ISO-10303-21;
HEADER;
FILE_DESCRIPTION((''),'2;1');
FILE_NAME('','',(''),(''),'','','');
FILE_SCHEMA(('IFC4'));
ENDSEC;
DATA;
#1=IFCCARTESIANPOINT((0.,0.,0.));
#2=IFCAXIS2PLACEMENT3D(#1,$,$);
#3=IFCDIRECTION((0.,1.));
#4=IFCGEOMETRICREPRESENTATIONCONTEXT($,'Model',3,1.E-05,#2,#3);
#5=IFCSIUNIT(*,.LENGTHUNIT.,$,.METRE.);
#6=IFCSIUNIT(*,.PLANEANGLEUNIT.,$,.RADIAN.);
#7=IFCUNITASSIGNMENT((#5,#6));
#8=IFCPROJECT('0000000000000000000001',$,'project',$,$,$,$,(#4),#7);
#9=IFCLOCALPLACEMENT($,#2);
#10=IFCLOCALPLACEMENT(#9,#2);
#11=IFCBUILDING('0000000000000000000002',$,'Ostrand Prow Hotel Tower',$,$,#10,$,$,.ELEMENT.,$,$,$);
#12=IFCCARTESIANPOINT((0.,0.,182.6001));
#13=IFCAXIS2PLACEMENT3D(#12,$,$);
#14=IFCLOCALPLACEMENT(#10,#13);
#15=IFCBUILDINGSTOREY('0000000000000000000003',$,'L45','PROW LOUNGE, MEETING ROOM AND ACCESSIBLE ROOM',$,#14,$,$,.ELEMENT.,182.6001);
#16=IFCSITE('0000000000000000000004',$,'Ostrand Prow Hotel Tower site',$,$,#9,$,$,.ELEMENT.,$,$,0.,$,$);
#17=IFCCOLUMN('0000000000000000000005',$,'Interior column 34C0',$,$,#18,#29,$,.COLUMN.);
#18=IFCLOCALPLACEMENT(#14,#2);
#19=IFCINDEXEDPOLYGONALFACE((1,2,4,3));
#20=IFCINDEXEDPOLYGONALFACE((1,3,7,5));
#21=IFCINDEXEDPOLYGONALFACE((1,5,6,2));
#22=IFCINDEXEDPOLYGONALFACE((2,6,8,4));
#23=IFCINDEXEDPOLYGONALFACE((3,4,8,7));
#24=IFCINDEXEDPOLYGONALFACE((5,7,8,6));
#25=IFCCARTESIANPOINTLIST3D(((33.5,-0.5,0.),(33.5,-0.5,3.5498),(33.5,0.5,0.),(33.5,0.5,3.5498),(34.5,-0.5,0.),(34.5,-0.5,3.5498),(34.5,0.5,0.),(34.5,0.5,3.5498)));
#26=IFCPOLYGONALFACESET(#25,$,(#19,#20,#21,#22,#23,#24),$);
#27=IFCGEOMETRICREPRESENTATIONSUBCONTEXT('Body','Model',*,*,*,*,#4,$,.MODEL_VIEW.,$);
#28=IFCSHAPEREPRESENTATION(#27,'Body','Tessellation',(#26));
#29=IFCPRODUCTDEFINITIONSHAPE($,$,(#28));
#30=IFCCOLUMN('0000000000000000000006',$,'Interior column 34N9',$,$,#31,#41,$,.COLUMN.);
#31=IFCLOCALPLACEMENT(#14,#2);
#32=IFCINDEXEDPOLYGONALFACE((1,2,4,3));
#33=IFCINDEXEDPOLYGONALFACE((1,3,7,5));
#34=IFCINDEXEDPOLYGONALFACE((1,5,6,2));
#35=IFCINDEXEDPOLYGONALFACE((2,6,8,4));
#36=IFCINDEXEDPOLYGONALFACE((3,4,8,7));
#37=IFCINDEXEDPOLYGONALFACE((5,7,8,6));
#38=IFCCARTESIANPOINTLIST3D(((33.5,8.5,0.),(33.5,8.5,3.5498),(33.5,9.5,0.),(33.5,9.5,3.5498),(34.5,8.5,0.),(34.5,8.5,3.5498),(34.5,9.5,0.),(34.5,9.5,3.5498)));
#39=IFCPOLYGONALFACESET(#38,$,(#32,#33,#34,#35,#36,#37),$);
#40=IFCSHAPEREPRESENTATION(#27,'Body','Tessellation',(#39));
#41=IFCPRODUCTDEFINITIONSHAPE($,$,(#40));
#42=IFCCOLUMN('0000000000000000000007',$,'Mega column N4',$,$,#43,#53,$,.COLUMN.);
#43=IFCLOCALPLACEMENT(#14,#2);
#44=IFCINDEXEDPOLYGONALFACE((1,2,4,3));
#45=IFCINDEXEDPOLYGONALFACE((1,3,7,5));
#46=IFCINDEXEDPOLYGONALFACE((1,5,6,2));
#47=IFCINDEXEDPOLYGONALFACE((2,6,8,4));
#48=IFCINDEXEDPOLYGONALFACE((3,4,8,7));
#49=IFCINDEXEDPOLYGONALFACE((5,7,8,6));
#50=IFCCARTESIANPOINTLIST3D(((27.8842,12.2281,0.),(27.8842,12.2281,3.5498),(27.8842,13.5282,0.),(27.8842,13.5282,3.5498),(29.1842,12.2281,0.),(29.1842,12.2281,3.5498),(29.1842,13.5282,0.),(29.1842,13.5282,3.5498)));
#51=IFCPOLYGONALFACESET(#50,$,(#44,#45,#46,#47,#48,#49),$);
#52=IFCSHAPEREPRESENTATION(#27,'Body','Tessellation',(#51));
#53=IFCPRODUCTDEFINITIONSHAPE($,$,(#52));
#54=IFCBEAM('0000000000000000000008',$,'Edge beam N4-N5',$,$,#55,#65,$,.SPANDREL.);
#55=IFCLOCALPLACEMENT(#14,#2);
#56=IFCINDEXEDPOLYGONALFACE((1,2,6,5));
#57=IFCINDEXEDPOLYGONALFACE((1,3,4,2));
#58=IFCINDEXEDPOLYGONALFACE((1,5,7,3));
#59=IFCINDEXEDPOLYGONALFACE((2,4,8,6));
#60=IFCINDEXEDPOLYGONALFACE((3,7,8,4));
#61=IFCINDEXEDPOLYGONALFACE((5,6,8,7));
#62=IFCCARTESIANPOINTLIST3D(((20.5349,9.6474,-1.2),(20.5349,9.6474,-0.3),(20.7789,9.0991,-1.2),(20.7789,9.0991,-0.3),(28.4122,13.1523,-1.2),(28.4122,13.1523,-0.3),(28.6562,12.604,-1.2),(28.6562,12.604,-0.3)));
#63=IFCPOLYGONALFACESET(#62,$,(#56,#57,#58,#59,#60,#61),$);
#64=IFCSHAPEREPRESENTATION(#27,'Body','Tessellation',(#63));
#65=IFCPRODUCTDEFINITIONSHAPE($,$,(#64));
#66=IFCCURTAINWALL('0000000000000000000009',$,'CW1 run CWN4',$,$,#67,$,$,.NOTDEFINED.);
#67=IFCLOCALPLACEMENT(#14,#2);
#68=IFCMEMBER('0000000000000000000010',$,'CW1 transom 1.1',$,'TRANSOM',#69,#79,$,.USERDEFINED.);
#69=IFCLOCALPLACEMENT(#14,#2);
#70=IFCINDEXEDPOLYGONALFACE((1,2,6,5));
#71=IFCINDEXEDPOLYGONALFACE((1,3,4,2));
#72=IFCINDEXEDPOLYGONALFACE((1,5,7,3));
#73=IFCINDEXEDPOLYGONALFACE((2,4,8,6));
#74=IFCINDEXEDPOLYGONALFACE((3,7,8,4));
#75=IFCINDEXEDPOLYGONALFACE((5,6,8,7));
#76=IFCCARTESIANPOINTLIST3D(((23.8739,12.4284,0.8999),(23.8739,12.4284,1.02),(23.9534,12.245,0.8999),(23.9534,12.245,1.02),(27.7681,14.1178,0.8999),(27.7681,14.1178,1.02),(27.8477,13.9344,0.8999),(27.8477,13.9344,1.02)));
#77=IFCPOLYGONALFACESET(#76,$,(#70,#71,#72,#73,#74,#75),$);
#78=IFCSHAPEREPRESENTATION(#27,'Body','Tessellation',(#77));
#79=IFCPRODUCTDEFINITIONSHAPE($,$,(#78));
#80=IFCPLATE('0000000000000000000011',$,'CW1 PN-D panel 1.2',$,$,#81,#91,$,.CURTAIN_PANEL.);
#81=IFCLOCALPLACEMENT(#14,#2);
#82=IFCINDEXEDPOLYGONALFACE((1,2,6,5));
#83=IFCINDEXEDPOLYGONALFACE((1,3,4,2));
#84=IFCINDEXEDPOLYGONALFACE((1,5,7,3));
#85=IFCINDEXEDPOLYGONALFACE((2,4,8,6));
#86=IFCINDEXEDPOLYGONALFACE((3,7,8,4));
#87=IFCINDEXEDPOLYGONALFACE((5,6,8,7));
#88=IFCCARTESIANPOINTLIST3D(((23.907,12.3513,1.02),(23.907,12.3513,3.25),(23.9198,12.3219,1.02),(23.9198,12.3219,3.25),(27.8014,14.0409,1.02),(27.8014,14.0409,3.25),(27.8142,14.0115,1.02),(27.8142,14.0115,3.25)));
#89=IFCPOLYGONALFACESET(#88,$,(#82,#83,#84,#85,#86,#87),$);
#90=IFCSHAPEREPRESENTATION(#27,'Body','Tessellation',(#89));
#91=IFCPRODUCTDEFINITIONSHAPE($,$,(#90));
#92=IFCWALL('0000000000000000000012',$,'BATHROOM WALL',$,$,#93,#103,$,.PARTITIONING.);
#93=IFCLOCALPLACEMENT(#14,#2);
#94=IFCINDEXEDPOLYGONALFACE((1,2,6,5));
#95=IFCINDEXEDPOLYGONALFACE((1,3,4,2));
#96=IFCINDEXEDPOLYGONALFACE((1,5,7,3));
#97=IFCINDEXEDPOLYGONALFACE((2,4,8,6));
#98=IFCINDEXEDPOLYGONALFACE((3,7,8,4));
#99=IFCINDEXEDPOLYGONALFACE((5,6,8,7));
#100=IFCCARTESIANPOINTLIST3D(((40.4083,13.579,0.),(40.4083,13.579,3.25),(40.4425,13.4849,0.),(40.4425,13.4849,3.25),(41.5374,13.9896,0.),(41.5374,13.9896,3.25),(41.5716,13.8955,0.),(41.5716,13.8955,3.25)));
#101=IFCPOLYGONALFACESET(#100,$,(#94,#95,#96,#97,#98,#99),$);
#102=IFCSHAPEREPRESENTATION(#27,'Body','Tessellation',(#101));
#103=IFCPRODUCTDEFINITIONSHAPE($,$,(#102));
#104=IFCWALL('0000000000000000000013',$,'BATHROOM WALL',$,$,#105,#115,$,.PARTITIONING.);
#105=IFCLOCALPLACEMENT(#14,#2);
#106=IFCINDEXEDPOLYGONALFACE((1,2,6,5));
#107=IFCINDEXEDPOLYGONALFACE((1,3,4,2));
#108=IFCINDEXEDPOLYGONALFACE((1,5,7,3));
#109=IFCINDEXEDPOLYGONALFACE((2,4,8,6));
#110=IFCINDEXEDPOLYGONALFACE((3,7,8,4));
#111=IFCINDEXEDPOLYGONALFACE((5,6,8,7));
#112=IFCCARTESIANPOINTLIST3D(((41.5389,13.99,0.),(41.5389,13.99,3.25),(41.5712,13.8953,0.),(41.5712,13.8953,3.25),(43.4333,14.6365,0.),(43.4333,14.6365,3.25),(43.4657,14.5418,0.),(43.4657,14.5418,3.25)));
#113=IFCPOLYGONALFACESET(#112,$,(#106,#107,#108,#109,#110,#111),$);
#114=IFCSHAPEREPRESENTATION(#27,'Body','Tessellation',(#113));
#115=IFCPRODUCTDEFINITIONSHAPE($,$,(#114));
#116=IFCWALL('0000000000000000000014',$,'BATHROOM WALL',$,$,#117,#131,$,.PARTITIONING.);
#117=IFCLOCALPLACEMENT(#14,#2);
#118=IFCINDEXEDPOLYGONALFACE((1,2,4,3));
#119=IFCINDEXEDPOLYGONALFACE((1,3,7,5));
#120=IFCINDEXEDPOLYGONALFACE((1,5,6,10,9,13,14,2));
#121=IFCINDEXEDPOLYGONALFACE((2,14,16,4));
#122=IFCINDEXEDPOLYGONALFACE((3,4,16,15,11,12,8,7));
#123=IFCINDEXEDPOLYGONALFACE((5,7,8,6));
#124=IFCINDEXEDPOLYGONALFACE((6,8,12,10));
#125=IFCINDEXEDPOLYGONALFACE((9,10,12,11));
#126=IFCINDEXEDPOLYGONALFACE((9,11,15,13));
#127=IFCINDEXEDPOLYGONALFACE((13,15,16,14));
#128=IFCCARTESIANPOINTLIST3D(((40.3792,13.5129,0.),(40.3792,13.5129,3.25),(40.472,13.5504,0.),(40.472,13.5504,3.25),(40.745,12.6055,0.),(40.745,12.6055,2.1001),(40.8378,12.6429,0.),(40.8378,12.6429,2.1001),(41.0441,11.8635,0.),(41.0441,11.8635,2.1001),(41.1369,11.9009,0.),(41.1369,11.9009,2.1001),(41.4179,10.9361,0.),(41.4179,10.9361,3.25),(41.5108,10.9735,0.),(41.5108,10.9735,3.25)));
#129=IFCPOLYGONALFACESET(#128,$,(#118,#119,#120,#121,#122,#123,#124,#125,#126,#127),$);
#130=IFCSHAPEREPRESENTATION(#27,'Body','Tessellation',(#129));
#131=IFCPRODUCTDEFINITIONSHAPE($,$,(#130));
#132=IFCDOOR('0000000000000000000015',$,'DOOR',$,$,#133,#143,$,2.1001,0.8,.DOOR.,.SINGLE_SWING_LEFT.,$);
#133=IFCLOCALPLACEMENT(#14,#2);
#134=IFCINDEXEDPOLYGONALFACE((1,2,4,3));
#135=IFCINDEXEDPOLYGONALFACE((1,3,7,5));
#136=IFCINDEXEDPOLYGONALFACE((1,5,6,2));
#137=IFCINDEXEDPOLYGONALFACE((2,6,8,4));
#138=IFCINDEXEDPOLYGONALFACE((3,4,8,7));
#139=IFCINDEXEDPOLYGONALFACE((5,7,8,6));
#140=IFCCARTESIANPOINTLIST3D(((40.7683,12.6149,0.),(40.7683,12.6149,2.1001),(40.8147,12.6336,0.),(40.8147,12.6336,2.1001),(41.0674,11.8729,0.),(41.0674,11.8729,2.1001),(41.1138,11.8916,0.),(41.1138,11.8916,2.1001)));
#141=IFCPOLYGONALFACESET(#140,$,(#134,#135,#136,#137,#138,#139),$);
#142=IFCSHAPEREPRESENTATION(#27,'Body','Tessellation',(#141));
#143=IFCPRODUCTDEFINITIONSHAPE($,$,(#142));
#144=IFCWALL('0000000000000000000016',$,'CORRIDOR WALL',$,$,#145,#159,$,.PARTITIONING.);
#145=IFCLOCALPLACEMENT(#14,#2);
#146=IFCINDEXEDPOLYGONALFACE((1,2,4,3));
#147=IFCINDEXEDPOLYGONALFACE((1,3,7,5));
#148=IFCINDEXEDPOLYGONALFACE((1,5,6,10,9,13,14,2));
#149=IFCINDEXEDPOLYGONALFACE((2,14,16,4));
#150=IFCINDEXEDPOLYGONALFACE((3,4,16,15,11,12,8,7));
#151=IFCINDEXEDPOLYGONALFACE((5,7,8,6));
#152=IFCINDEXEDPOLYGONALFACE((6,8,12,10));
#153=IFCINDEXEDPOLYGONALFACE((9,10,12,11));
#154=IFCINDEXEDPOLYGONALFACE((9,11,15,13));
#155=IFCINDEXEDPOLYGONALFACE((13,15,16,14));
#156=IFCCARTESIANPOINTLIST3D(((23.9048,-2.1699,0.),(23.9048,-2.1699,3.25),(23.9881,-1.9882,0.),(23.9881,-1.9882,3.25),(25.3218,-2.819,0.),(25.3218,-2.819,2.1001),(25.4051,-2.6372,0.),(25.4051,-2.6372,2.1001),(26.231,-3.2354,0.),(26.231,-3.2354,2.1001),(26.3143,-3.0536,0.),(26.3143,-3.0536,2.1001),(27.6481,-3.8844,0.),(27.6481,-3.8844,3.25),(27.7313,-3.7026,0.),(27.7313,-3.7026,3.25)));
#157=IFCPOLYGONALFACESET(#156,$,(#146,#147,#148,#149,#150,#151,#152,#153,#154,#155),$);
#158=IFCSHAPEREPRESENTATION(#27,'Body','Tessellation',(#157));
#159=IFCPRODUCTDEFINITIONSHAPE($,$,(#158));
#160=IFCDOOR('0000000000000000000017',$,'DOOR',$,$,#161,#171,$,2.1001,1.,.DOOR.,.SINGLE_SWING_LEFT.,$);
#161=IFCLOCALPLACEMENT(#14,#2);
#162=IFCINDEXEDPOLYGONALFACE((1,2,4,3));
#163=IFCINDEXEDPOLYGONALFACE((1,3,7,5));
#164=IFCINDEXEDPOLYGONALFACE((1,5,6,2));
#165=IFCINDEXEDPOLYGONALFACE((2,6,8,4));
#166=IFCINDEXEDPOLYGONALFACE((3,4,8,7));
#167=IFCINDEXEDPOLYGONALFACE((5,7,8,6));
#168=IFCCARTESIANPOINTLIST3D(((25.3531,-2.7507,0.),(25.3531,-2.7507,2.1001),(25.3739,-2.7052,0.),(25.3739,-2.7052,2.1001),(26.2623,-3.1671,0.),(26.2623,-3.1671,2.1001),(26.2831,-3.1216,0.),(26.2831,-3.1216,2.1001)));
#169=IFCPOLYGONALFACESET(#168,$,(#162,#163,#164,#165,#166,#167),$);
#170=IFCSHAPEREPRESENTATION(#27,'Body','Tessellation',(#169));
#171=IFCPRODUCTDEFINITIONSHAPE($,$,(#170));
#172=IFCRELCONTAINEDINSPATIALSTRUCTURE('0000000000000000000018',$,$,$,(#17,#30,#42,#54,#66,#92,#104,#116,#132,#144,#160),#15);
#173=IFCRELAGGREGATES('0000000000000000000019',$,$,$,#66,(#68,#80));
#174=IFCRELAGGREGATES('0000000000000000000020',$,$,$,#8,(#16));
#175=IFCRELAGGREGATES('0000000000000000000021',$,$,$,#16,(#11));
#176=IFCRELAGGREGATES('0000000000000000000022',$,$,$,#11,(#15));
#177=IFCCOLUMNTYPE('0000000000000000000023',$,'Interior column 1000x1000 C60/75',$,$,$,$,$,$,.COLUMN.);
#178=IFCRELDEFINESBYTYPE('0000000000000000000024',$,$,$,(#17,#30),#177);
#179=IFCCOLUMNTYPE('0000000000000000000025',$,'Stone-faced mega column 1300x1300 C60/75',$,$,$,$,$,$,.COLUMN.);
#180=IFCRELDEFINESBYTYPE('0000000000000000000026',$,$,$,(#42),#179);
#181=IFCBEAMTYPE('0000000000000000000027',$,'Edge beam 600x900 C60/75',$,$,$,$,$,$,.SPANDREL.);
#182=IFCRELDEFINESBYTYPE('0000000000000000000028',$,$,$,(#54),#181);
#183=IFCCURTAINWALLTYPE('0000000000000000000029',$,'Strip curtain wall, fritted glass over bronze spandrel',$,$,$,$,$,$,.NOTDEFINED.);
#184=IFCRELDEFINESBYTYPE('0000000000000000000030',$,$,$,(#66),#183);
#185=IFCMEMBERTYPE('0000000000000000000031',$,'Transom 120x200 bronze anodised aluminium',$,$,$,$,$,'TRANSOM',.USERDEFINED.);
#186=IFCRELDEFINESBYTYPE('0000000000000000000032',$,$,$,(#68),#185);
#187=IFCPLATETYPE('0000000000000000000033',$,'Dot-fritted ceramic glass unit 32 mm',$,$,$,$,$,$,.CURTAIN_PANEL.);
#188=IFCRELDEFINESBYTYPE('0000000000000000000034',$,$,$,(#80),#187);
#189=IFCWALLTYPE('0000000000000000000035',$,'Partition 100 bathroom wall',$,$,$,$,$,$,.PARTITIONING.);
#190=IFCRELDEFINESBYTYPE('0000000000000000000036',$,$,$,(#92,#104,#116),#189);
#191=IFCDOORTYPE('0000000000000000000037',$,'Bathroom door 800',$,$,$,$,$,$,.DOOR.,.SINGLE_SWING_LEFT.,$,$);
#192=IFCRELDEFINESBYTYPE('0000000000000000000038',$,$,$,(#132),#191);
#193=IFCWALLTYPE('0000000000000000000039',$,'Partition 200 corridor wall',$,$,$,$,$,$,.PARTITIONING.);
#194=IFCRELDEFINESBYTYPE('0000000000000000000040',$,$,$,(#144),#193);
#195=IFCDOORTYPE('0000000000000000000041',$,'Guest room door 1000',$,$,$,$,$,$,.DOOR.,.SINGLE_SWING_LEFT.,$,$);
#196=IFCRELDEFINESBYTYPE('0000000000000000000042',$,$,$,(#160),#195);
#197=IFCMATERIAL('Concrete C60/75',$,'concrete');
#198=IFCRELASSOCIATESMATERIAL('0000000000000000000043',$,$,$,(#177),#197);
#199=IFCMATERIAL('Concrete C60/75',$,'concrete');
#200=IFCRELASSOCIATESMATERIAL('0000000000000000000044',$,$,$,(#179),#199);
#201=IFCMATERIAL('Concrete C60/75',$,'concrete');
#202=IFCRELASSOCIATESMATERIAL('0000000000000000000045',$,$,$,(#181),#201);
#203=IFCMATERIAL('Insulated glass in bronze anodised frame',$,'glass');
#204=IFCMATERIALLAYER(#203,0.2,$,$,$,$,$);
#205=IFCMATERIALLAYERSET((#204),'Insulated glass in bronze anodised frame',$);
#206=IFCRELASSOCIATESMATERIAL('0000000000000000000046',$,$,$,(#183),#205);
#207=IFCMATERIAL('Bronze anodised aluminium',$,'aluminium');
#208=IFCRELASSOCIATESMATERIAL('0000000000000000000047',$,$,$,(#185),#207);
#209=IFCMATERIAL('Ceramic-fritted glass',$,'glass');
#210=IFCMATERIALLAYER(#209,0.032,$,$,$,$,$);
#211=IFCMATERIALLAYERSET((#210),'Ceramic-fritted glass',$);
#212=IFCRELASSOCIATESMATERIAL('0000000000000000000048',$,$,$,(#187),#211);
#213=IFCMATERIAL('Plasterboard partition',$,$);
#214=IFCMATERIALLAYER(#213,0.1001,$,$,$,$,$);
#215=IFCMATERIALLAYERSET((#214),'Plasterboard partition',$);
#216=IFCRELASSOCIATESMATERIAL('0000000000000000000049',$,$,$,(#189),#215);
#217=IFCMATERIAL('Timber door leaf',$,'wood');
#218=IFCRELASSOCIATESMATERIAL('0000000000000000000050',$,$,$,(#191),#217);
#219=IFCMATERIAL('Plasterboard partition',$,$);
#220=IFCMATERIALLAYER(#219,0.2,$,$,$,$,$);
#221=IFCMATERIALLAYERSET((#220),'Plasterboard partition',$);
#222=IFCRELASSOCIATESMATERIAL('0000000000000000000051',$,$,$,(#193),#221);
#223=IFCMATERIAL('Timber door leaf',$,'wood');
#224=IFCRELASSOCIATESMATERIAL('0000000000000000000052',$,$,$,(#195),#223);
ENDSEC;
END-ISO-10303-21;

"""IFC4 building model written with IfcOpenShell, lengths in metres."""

from ifc_helpers import new_model, si_unit, direction, frame, frame_2d, origin, origin_2d, place, context, subcontext, project, spatial, rectangle, extrude, material, layer, layer_set, material_profile, profile_set, type_object, element, fill, aggregate, save


model = new_model("IFC4")

# Units and contexts
model_context = context("Model", 3, precision=1e-05, world=origin(), true_north=direction((0.0, 1.0)))
body_context = subcontext(model_context, "Body", "Model", "MODEL_VIEW")
ifc_project = project(units=[si_unit("LENGTHUNIT", "METRE"), si_unit("PLANEANGLEUNIT", "RADIAN")], contexts=[model_context])

# Site, building, storey
site_placement = place(None, origin())
site = spatial("IfcSite", under=ifc_project, at=site_placement, Name="Ostrand Prow Hotel Tower site", CompositionType="ELEMENT", RefElevation=0.0)
building_placement = place(site_placement, origin())
building = spatial("IfcBuilding", under=site, at=building_placement, Name="Ostrand Prow Hotel Tower", CompositionType="ELEMENT")
storey_placement = place(building_placement, frame((0.0, 0.0, 182.6001)))
storey = spatial("IfcBuildingStorey", under=building, at=storey_placement, Name="L45", Description="PROW LOUNGE, MEETING ROOM AND ACCESSIBLE ROOM", CompositionType="ELEMENT", Elevation=182.6001)

# Columns
ifc_material_1 = material(Name="Concrete C60/75", Category="concrete")
ifc_material_profile_1 = material_profile(ifc_material_1, rectangle(XDim=1.0, YDim=1.0, at=origin_2d()), Name="RC 1000x1000")
ifc_profile_set_1 = profile_set([ifc_material_profile_1], Name="Concrete C60/75")
column_type_1 = type_object("IfcColumnType", Name="Interior column 1000x1000 C60/75", PredefinedType="COLUMN", material=ifc_profile_set_1)
for number, where, z_axis, x_axis, name in (
    (1, (34.0, 0.0, 0.0), (0.0, 0.0, 1.0), (1.0, 0.0, 0.0), "Interior column 34C0"),
    (2, (34.0, 9.0, 0.0), (0.0, 0.0, 1.0), (1.0, 0.0, 0.0), "Interior column 34N9"),
):
    element("IfcColumn", number, at=place(storey_placement, frame(where, z_axis=z_axis, x_axis=x_axis)), inside=storey, type_object=column_type_1, Name=name, PredefinedType="COLUMN", context=body_context, shape_type="SweptSolid", body=[
        extrude(rectangle(XDim=1.0, YDim=1.0, at=origin_2d()), origin(), (0.0, 0.0, 1.0), 3.5498),
    ])
ifc_material_2 = material(Name="Concrete C60/75", Category="concrete")
ifc_material_profile_2 = material_profile(ifc_material_2, rectangle(XDim=1.3, YDim=1.3, at=origin_2d()), Name="RC 1300x1300")
ifc_profile_set_2 = profile_set([ifc_material_profile_2], Name="Concrete C60/75")
column_type_2 = type_object("IfcColumnType", Name="Stone-faced mega column 1300x1300 C60/75", PredefinedType="COLUMN", material=ifc_profile_set_2)
column_placement = place(storey_placement, frame((28.5342, 12.8782, 0.0), z_axis=(0.0, 0.0, 1.0), x_axis=(1.0, 0.0, 0.0)))
element("IfcColumn", 3, at=column_placement, inside=storey, type_object=column_type_2, Name="Mega column N4", PredefinedType="COLUMN", context=body_context, shape_type="SweptSolid", body=[
    extrude(rectangle(XDim=1.3, YDim=1.3, at=origin_2d()), origin(), (0.0, 0.0, 1.0), 3.5498),
])

# Beam
ifc_material_3 = material(Name="Concrete C60/75", Category="concrete")
ifc_material_profile_3 = material_profile(ifc_material_3, rectangle(XDim=0.6001, YDim=0.8999, at=origin_2d()), Name="RC 600x900")
ifc_profile_set_3 = profile_set([ifc_material_profile_3], Name="Concrete C60/75")
beam_type = type_object("IfcBeamType", Name="Edge beam 600x900 C60/75", PredefinedType="SPANDREL", material=ifc_profile_set_3)
beam_placement = place(storey_placement, frame((28.5342, 12.8782, -0.75), z_axis=(-0.913643, -0.406517, 0.0), x_axis=(0.406517, -0.913643, 0.0)))
element("IfcBeam", 4, at=beam_placement, inside=storey, type_object=beam_type, Name="Edge beam N4-N5", PredefinedType="SPANDREL", context=body_context, shape_type="SweptSolid", body=[
    extrude(rectangle(XDim=0.6001, YDim=0.8999, at=origin_2d()), origin(), (0.0, 0.0, 1.0), 8.6218),
])

# Curtain wall, member, plate
ifc_material_4 = material(Name="Insulated glass in bronze anodised frame", Category="glass")
ifc_layer_1 = layer(ifc_material_4, 0.2)
ifc_layer_set_1 = layer_set([ifc_layer_1], Name="Insulated glass in bronze anodised frame")
curtain_wall_type = type_object("IfcCurtainWallType", Name="Strip curtain wall, fritted glass over bronze spandrel", PredefinedType="NOTDEFINED", material=ifc_layer_set_1)
curtain_wall_placement = place(storey_placement, origin())
curtain_wall = element("IfcCurtainWall", 5, at=curtain_wall_placement, inside=storey, type_object=curtain_wall_type, Name="CW1 run CWN4", PredefinedType="NOTDEFINED")
ifc_material_5 = material(Name="Bronze anodised aluminium", Category="aluminium")
ifc_material_profile_4 = material_profile(ifc_material_5, rectangle(XDim=0.2, YDim=0.1201, at=origin_2d()), Name="Transom 120x200 bronze anodised aluminium")
ifc_profile_set_4 = profile_set([ifc_material_profile_4], Name="Bronze anodised aluminium")
member_type = type_object("IfcMemberType", Name="Transom 120x200 bronze anodised aluminium", ElementType="TRANSOM", PredefinedType="USERDEFINED", material=ifc_profile_set_4)
member_placement = place(storey_placement, frame((27.8079, 14.0261, 0.96), z_axis=(-0.91739, -0.39799, 0.0), x_axis=(0.39799, -0.91739, 0.0)))
member = element("IfcMember", 6, at=member_placement, type_object=member_type, Name="CW1 transom 1.1", ObjectType="TRANSOM", PredefinedType="USERDEFINED", context=body_context, shape_type="SweptSolid", body=[
    extrude(rectangle(XDim=0.2, YDim=0.1201, at=origin_2d()), origin(), (0.0, 0.0, 1.0), 4.2449),
])
ifc_material_6 = material(Name="Ceramic-fritted glass", Category="glass")
ifc_layer_2 = layer(ifc_material_6, 0.032)
ifc_layer_set_2 = layer_set([ifc_layer_2], Name="Ceramic-fritted glass")
plate_type = type_object("IfcPlateType", Name="Dot-fritted ceramic glass unit 32 mm", PredefinedType="CURTAIN_PANEL", material=ifc_layer_set_2)
plate_placement = place(storey_placement, frame((25.8606, 13.1814, 1.02), z_axis=(0.0, 0.0, 1.0), x_axis=(-0.917383, -0.398005, 0.0)))
plate = element("IfcPlate", 7, at=plate_placement, type_object=plate_type, Name="CW1 PN-D panel 1.2", PredefinedType="CURTAIN_PANEL", context=body_context, shape_type="SweptSolid", body=[
    extrude(rectangle(XDim=4.2451, YDim=0.032, at=origin_2d()), origin(), (0.0, 0.0, 1.0), 2.23),
])
aggregate(curtain_wall, [member, plate])

# Walls
ifc_material_7 = material(Name="Plasterboard partition")
ifc_layer_3 = layer(ifc_material_7, 0.1001)
ifc_layer_set_3 = layer_set([ifc_layer_3], Name="Plasterboard partition")
wall_type_1 = type_object("IfcWallType", Name="Partition 100 bathroom wall", PredefinedType="PARTITIONING", material=ifc_layer_set_3)
wall_1_placement = place(storey_placement, frame((40.4255, 13.532, 0.0), z_axis=(0.0, 0.0, 1.0), x_axis=(0.939782, 0.341776, 0.0)))
element("IfcWall", 8, at=wall_1_placement, inside=storey, type_object=wall_type_1, Name="BATHROOM WALL", PredefinedType="PARTITIONING", context=body_context, shape_type="SweptSolid", body=[
    extrude(rectangle(XDim=1.2014, YDim=0.1001, at=frame_2d((0.6006, 0.0))), origin(), (0.0, 0.0, 1.0), 3.25),
])
wall_2_placement = place(storey_placement, frame((41.5549, 13.9426, 0.0), z_axis=(0.0, 0.0, 1.0), x_axis=(0.946415, 0.322952, 0.0)))
element("IfcWall", 9, at=wall_2_placement, inside=storey, type_object=wall_type_1, Name="BATHROOM WALL", PredefinedType="PARTITIONING", context=body_context, shape_type="SweptSolid", body=[
    extrude(rectangle(XDim=2.0017, YDim=0.1001, at=frame_2d((1.001, 0.0))), origin(), (0.0, 0.0, 1.0), 3.25),
])

# Walls, openings, doors
wall_3_placement = place(storey_placement, frame((41.4644, 10.9548, 0.0), z_axis=(0.0, 0.0, 1.0), x_axis=(-0.373889, 0.927473, 0.0)))
wall_3 = element("IfcWall", 10, at=wall_3_placement, inside=storey, type_object=wall_type_1, Name="BATHROOM WALL", PredefinedType="PARTITIONING", context=body_context, shape_type="SweptSolid", body=[
    extrude(rectangle(XDim=2.7783, YDim=0.1001, at=frame_2d((1.3892, 0.0))), origin(), (0.0, 0.0, 1.0), 3.25),
])
opening_1_placement = place(wall_3_placement, frame((1.0, 0.0, 0.0)))
opening_1 = element("IfcOpeningElement", 11, at=opening_1_placement, cuts=wall_3, PredefinedType="OPENING", context=body_context, shape_type="SweptSolid", body=[
    extrude(rectangle(XDim=0.8, YDim=2.1001, at=frame_2d((0.3999, 1.05))), frame((0.0, 0.0601, 0.0), z_axis=(0.0, -1.0, 0.0), x_axis=(1.0, 0.0, 0.0)), (0.0, 0.0, 1.0), 0.1201),
])
ifc_material_8 = material(Name="Timber door leaf", Category="wood")
door_type_1 = type_object("IfcDoorType", Name="Bathroom door 800", OperationType="SINGLE_SWING_LEFT", PredefinedType="DOOR", material=ifc_material_8)
door_1_placement = place(opening_1_placement, origin())
door_1 = element("IfcDoor", 12, at=door_1_placement, inside=storey, type_object=door_type_1, Name="DOOR", OperationType="SINGLE_SWING_LEFT", OverallHeight=2.1001, OverallWidth=0.8, PredefinedType="DOOR", context=body_context, shape_type="SweptSolid", body=[
    extrude(rectangle(XDim=0.8, YDim=2.1001, at=frame_2d((0.3999, 1.05))), frame((0.0, 0.0249, 0.0), z_axis=(0.0, -1.0, 0.0), x_axis=(1.0, 0.0, 0.0)), (0.0, 0.0, 1.0), 0.05),
])
fill(opening_1, door_1)
ifc_material_9 = material(Name="Plasterboard partition")
ifc_layer_4 = layer(ifc_material_9, 0.2)
ifc_layer_set_4 = layer_set([ifc_layer_4], Name="Plasterboard partition")
wall_type_2 = type_object("IfcWallType", Name="Partition 200 corridor wall", PredefinedType="PARTITIONING", material=ifc_layer_set_4)
wall_4_placement = place(storey_placement, frame((27.6897, -3.7935, 0.0), z_axis=(0.0, 0.0, 1.0), x_axis=(-0.909181, 0.416402, 0.0)))
wall_4 = element("IfcWall", 13, at=wall_4_placement, inside=storey, type_object=wall_type_2, Name="CORRIDOR WALL", PredefinedType="PARTITIONING", context=body_context, shape_type="SweptSolid", body=[
    extrude(rectangle(XDim=4.1172, YDim=0.2, at=frame_2d((2.0586, 0.0))), origin(), (0.0, 0.0, 1.0), 3.25),
])
opening_2_placement = place(wall_4_placement, frame((1.5586, 0.0, 0.0)))
opening_2 = element("IfcOpeningElement", 14, at=opening_2_placement, cuts=wall_4, PredefinedType="OPENING", context=body_context, shape_type="SweptSolid", body=[
    extrude(rectangle(XDim=1.0, YDim=2.1001, at=frame_2d((0.5, 1.05))), frame((0.0, 0.1099, 0.0), z_axis=(0.0, -1.0, 0.0), x_axis=(1.0, 0.0, 0.0)), (0.0, 0.0, 1.0), 0.22),
])
ifc_material_10 = material(Name="Timber door leaf", Category="wood")
door_type_2 = type_object("IfcDoorType", Name="Guest room door 1000", OperationType="SINGLE_SWING_LEFT", PredefinedType="DOOR", material=ifc_material_10)
door_2_placement = place(opening_2_placement, origin())
door_2 = element("IfcDoor", 15, at=door_2_placement, inside=storey, type_object=door_type_2, Name="DOOR", OperationType="SINGLE_SWING_LEFT", OverallHeight=2.1001, OverallWidth=1.0, PredefinedType="DOOR", context=body_context, shape_type="SweptSolid", body=[
    extrude(rectangle(XDim=1.0, YDim=2.1001, at=frame_2d((0.5, 1.05))), frame((0.0, 0.0249, 0.0), z_axis=(0.0, -1.0, 0.0), x_axis=(1.0, 0.0, 0.0)), (0.0, 0.0, 1.0), 0.05),
])
fill(opening_2, door_2)

save(model, "model.ifc")
